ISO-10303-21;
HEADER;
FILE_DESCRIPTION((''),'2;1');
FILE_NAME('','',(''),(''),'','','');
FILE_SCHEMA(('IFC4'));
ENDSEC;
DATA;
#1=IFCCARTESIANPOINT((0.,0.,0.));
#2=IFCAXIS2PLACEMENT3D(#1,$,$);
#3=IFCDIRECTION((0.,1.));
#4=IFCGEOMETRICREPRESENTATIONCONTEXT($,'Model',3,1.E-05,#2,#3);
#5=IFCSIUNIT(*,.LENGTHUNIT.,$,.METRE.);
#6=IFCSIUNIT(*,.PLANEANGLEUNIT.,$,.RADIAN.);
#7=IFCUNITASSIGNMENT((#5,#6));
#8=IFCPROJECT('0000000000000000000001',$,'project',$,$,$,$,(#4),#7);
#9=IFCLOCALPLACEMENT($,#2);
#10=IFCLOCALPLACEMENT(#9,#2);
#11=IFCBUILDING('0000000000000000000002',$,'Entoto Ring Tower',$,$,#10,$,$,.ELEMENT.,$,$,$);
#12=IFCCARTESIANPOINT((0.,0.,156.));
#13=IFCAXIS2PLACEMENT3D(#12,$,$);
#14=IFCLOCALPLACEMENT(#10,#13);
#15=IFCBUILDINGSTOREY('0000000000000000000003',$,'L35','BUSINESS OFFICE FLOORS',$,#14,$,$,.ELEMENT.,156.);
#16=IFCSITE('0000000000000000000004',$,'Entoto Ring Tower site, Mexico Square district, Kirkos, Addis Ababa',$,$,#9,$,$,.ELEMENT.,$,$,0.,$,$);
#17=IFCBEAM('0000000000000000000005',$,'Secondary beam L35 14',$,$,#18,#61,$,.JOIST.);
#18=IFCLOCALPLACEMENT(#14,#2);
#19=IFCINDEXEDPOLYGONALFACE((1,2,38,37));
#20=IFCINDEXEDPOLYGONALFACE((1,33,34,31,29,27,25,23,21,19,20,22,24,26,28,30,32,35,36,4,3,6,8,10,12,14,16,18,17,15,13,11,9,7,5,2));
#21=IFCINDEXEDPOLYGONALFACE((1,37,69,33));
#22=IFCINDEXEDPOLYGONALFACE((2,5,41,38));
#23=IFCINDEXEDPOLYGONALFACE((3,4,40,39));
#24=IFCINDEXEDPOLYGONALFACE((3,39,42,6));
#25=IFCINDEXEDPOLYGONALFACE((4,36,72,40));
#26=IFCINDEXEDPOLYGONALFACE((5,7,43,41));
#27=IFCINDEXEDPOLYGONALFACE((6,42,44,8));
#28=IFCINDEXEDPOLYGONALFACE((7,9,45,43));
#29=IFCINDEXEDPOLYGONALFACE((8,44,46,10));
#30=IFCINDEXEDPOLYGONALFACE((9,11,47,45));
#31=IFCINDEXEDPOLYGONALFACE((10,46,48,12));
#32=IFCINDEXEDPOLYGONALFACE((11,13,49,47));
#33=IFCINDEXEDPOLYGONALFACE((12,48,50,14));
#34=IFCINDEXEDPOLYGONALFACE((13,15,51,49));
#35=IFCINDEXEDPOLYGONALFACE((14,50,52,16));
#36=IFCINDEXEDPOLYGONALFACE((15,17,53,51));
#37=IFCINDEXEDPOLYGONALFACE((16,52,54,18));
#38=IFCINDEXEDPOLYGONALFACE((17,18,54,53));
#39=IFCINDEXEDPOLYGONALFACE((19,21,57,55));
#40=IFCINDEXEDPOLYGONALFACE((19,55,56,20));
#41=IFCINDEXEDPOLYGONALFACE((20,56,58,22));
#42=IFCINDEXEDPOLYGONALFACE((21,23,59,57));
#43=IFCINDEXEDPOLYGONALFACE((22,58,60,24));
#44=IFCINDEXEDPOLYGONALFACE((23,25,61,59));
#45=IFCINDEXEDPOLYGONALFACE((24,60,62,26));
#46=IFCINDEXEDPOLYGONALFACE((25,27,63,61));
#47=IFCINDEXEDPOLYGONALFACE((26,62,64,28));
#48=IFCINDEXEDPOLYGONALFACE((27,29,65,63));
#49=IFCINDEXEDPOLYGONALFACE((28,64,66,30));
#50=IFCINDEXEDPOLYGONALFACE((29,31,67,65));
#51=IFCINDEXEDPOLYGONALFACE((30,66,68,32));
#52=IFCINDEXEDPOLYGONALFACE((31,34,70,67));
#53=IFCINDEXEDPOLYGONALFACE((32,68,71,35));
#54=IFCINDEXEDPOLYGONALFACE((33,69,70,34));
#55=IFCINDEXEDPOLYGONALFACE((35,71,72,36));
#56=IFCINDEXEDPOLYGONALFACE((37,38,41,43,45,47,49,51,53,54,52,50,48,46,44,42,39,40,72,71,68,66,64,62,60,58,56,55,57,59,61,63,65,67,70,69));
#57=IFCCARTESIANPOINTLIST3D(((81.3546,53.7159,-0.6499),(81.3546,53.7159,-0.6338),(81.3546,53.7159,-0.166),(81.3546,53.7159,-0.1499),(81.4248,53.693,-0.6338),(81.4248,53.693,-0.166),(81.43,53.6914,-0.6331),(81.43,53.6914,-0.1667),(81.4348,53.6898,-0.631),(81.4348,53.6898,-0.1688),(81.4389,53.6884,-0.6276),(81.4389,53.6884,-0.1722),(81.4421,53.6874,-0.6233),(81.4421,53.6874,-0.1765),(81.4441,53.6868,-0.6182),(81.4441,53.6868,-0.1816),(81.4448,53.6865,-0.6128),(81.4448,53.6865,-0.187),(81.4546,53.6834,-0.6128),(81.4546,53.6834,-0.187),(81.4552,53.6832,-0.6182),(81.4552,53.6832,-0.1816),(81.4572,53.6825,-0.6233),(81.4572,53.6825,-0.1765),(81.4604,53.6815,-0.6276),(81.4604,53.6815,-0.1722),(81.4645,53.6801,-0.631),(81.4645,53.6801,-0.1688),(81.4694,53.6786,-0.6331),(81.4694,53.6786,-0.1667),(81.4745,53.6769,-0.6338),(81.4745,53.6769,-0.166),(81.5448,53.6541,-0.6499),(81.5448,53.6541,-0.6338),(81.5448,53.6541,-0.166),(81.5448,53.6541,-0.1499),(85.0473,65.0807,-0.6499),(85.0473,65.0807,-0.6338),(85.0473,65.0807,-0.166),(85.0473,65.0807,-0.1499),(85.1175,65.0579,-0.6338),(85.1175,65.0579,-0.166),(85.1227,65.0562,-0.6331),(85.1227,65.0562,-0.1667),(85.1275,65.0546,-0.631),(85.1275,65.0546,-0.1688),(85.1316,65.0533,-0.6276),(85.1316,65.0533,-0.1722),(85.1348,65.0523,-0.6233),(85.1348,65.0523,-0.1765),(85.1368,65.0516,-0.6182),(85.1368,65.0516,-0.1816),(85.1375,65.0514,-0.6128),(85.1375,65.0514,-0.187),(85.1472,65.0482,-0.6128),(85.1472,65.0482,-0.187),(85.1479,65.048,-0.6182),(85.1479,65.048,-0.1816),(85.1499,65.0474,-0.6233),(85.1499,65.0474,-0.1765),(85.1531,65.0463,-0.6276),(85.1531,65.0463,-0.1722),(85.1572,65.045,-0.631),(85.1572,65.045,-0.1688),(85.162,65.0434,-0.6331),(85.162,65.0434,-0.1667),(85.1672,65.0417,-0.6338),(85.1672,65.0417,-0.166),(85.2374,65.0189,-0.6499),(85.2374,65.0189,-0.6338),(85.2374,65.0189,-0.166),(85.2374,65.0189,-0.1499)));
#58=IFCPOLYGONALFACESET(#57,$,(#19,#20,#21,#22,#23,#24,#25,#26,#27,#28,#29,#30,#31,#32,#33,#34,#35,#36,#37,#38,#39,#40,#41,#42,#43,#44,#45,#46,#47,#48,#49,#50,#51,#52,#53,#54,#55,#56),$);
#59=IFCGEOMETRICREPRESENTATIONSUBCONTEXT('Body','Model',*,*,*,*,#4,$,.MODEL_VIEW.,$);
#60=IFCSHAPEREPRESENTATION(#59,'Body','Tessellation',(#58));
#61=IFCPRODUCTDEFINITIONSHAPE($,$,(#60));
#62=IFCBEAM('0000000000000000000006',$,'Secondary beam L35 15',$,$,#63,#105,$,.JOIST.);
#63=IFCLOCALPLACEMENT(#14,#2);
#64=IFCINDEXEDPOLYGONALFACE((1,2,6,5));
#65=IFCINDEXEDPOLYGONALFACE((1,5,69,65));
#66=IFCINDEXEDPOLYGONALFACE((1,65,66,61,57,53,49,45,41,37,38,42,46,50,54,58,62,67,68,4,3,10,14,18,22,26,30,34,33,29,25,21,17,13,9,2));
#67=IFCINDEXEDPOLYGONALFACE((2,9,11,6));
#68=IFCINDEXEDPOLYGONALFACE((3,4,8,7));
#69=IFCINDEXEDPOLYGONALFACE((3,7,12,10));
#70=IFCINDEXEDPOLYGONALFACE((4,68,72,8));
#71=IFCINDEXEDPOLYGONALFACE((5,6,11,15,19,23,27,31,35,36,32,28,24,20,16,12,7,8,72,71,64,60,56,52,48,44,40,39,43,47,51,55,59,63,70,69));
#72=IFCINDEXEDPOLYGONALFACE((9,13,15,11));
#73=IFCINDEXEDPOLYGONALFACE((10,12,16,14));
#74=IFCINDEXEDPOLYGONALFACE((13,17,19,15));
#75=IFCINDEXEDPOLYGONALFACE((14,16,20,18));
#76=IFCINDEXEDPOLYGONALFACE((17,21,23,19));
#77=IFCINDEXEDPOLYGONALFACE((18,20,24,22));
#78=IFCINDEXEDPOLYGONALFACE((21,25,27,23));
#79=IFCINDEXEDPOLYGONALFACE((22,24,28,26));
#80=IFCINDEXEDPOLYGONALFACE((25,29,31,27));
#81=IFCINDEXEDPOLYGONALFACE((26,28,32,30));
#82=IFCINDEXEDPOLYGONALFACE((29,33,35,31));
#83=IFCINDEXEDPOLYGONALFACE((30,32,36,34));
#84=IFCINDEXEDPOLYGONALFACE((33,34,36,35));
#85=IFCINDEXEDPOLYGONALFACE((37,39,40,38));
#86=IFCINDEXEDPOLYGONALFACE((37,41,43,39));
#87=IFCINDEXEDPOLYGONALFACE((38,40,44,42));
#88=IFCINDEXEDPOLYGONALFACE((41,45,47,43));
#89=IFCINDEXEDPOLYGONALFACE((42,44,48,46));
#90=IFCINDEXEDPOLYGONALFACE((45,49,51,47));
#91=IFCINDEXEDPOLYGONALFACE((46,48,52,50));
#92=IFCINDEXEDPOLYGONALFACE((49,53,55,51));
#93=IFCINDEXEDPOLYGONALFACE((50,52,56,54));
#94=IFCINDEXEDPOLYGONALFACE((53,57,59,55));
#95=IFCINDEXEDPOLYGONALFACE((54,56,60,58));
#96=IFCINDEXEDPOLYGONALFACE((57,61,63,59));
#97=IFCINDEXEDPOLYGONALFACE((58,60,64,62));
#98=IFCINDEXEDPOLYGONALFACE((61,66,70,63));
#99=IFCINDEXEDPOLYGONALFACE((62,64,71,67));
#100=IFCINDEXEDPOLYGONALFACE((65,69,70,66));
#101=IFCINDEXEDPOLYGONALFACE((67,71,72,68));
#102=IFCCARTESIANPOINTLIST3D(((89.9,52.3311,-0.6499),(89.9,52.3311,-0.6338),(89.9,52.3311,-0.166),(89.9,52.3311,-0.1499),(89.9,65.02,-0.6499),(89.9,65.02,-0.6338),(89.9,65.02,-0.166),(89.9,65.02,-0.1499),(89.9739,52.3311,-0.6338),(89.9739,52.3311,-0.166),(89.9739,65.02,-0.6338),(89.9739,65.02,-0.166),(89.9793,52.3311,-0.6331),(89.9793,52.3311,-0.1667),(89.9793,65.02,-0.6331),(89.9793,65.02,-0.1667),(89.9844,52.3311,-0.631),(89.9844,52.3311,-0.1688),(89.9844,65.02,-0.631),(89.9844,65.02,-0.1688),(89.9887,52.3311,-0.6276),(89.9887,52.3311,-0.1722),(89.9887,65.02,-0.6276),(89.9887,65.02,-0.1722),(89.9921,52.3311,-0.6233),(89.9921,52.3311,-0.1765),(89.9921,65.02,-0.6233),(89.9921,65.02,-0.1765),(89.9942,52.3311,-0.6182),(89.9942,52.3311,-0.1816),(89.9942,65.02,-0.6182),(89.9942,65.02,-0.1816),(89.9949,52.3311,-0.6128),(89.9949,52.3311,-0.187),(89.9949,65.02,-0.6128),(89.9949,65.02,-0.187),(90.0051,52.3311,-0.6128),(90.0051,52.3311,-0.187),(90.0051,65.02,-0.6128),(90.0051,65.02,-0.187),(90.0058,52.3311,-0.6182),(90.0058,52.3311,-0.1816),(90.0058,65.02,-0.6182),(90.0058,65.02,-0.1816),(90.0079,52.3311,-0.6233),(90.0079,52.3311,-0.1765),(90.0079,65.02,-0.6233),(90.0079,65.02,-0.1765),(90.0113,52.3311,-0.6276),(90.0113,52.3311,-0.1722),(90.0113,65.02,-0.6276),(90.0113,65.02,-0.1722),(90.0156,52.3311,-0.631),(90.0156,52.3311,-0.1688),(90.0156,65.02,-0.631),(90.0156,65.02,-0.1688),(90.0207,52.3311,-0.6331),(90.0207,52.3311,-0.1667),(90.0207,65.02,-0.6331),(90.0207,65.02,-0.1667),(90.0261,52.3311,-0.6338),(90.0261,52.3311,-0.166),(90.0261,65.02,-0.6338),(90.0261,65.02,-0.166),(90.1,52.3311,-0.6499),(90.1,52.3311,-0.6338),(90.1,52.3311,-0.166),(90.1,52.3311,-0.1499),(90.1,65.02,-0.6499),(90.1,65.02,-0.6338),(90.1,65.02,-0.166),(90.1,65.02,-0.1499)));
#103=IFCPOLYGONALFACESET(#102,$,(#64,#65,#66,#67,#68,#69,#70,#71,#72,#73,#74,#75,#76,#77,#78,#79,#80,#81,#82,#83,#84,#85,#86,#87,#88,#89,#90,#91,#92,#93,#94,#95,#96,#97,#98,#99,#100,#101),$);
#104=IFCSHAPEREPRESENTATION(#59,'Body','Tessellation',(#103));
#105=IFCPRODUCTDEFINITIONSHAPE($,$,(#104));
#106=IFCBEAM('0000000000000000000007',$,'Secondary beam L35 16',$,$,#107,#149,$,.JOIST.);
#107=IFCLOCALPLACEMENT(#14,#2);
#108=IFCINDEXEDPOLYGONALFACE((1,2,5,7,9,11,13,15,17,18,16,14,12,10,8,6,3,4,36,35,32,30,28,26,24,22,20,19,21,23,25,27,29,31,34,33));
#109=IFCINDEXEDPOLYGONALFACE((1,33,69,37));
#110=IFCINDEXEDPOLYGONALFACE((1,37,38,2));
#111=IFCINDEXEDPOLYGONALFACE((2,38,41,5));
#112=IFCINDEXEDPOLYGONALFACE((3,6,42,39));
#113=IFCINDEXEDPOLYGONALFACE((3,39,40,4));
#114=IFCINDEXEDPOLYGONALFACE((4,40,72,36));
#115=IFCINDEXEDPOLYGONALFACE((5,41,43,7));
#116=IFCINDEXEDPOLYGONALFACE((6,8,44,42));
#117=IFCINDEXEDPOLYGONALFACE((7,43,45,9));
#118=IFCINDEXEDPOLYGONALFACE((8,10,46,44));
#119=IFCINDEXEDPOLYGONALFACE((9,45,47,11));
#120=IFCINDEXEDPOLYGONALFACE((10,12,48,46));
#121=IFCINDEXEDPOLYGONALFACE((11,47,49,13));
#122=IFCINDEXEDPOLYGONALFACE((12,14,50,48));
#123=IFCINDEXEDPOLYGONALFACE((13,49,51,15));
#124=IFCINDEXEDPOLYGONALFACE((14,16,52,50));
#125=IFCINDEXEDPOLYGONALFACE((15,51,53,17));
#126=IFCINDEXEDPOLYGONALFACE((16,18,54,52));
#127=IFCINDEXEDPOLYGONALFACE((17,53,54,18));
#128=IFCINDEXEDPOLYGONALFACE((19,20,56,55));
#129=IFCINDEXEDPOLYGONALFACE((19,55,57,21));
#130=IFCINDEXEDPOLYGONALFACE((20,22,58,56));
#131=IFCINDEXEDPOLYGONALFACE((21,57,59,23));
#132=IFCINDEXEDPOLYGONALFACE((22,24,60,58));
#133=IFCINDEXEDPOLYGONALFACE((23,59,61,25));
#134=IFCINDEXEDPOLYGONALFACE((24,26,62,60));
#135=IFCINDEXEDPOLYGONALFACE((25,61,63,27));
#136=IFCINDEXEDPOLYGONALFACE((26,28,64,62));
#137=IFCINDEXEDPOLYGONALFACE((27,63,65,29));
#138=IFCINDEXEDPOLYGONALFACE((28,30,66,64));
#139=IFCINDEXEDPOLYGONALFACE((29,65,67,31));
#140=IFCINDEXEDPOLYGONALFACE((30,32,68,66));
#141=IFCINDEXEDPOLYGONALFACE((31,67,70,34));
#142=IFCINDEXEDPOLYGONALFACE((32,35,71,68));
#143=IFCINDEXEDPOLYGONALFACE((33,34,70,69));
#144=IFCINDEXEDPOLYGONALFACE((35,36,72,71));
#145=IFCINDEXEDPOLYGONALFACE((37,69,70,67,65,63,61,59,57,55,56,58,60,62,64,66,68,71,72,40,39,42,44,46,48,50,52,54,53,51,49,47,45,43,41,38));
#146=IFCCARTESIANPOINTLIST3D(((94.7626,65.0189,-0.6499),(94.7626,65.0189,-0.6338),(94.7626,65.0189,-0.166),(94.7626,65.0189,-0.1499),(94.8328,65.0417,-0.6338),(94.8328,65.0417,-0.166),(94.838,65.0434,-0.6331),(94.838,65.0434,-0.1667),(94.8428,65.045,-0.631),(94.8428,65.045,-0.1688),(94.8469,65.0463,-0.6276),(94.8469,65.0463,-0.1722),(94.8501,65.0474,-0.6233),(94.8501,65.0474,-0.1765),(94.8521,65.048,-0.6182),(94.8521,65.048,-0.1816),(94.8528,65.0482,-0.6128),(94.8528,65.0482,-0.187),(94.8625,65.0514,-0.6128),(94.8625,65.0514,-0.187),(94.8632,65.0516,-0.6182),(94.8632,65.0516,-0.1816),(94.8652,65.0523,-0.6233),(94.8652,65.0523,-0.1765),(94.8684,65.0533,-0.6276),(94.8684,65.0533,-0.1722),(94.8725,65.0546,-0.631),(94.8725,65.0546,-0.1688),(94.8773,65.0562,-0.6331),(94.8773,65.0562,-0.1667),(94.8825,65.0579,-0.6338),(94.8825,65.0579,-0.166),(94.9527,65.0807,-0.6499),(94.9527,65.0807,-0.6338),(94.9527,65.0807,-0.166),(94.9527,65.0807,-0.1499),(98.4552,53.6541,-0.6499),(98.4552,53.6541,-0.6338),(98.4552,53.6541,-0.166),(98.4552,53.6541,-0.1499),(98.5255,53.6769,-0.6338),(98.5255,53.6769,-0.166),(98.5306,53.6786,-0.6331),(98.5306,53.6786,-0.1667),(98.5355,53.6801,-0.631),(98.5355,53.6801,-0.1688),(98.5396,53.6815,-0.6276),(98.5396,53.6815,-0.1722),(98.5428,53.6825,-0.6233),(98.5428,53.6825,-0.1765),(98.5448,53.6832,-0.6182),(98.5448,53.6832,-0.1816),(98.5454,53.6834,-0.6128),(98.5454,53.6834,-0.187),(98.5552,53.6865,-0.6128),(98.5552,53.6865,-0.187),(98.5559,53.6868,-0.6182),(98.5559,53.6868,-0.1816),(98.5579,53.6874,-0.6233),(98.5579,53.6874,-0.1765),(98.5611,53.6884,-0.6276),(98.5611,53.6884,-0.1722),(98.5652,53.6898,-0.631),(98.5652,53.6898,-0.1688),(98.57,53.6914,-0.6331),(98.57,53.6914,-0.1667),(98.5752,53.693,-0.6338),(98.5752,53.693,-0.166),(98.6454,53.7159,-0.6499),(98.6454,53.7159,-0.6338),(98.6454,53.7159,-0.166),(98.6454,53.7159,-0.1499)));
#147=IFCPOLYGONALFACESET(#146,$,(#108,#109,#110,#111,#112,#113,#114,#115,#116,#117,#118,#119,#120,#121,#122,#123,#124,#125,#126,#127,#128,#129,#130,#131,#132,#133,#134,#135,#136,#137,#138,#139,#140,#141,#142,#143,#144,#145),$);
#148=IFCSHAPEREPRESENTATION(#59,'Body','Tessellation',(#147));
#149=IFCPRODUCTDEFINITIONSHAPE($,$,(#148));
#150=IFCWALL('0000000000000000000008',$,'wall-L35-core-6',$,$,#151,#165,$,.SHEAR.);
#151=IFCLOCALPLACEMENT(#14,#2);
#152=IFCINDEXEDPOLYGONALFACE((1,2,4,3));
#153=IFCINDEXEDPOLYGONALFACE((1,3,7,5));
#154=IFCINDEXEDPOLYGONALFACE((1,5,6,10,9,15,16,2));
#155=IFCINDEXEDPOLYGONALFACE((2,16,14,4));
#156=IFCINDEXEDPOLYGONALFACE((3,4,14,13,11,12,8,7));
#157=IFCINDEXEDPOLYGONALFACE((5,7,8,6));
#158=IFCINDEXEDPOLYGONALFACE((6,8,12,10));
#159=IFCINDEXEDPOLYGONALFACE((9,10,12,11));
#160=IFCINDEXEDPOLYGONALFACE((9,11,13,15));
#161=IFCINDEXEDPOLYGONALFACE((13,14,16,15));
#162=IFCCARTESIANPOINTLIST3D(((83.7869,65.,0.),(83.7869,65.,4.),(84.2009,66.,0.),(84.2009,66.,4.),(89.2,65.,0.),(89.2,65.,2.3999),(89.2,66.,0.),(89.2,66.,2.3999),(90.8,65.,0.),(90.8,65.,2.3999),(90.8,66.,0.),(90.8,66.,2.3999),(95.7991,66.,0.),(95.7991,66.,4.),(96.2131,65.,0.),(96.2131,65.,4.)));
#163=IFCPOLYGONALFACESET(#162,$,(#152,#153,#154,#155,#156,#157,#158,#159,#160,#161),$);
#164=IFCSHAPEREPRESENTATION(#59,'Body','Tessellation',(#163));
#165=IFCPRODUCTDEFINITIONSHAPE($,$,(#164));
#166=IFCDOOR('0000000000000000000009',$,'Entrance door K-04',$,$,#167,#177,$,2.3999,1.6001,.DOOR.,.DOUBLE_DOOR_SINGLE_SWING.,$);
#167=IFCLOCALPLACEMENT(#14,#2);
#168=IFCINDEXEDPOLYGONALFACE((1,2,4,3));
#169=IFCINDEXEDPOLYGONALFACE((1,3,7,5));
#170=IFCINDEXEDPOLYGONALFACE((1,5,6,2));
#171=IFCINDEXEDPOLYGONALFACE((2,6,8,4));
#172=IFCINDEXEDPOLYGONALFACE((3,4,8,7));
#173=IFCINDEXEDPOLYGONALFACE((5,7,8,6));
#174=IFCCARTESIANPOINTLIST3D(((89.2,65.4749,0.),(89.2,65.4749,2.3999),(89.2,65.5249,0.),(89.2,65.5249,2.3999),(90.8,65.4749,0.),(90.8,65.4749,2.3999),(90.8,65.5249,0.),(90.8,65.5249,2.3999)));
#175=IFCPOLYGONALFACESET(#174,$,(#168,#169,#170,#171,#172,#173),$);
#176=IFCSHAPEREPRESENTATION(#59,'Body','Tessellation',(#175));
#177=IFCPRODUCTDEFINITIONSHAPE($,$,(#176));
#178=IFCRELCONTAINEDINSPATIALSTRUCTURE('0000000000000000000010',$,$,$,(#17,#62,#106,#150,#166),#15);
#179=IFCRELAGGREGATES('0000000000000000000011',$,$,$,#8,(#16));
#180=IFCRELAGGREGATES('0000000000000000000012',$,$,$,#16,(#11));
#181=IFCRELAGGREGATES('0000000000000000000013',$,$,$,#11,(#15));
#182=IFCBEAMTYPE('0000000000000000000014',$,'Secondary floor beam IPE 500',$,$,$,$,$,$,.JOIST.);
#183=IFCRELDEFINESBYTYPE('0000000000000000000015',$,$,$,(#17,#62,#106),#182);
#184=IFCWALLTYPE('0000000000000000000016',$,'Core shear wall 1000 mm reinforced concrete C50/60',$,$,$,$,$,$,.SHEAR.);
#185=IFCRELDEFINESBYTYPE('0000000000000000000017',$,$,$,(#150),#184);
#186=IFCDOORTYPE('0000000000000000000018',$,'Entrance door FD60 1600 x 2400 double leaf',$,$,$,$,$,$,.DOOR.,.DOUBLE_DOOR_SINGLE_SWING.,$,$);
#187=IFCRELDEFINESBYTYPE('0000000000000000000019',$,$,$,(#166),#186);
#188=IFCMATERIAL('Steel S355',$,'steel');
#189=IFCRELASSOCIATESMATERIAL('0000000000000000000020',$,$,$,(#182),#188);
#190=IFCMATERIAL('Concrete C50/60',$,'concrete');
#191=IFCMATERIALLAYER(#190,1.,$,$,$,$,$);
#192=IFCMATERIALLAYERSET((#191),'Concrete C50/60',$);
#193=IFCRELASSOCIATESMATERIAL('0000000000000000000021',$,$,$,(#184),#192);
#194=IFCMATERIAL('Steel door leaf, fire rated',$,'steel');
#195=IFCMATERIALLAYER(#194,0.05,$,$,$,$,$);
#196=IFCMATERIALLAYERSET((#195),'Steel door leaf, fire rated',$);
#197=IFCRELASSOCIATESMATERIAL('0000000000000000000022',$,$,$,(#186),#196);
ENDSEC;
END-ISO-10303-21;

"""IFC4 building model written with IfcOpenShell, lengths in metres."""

from ifc_helpers import new_model, si_unit, direction, frame, frame_2d, origin, origin_2d, place, context, subcontext, project, spatial, polyline, rectangle, i_section, outline, extrude, material, layer, layer_set, material_profile, profile_set, type_object, element, fill, save


model = new_model("IFC4")

# Units and contexts
model_context = context("Model", 3, precision=1e-05, world=origin(), true_north=direction((0.0, 1.0)))
body_context = subcontext(model_context, "Body", "Model", "MODEL_VIEW")
ifc_project = project(units=[si_unit("LENGTHUNIT", "METRE"), si_unit("PLANEANGLEUNIT", "RADIAN")], contexts=[model_context])

# Site, building, storey
site_placement = place(None, origin())
site = spatial("IfcSite", under=ifc_project, at=site_placement, Name="Entoto Ring Tower site, Mexico Square district, Kirkos, Addis Ababa", CompositionType="ELEMENT", RefElevation=0.0)
building_placement = place(site_placement, origin())
building = spatial("IfcBuilding", under=site, at=building_placement, Name="Entoto Ring Tower", CompositionType="ELEMENT")
storey_placement = place(building_placement, frame((0.0, 0.0, 156.0)))
storey = spatial("IfcBuildingStorey", under=building, at=storey_placement, Name="L35", Description="BUSINESS OFFICE FLOORS", CompositionType="ELEMENT", Elevation=156.0)

# Beams
ifc_material_1 = material(Name="Steel S355", Category="steel")
ifc_material_profile_1 = material_profile(ifc_material_1, i_section(OverallWidth=0.2, OverallDepth=0.5, WebThickness=0.0103, FlangeThickness=0.0161, FilletRadius=0.021, at=origin_2d()), Name="IPE 500")
ifc_profile_set_1 = profile_set([ifc_material_profile_1], Name="Steel S355")
beam_type_1 = type_object("IfcBeamType", Name="Secondary floor beam IPE 500", PredefinedType="JOIST", material=ifc_profile_set_1)
beam_1_placement = place(storey_placement, frame((85.1423, 65.0498, -0.3999), z_axis=(-0.309017, -0.951057, 0.0), x_axis=(0.951057, -0.309017, 0.0)))
element("IfcBeam", 1, at=beam_1_placement, inside=storey, type_object=beam_type_1, Name="Secondary beam L35 14", PredefinedType="JOIST", context=body_context, shape_type="SweptSolid", body=[
    extrude(i_section(OverallWidth=0.2, OverallDepth=0.5, WebThickness=0.0103, FlangeThickness=0.0161, FilletRadius=0.021, at=origin_2d()), origin(), (0.0, 0.0, 1.0), 11.9497),
])
beam_2_placement = place(storey_placement, frame((90.0, 65.02, -0.3999), z_axis=(0.0, -1.0, 0.0), x_axis=(1.0, 0.0, 0.0)))
element("IfcBeam", 2, at=beam_2_placement, inside=storey, type_object=beam_type_1, Name="Secondary beam L35 15", PredefinedType="JOIST", context=body_context, shape_type="SweptSolid", body=[
    extrude(i_section(OverallWidth=0.2, OverallDepth=0.5, WebThickness=0.0103, FlangeThickness=0.0161, FilletRadius=0.021, at=origin_2d()), origin(), (0.0, 0.0, 1.0), 12.689),
])
beam_3_placement = place(storey_placement, frame((94.8577, 65.0498, -0.3999), z_axis=(0.309017, -0.951057, 0.0), x_axis=(0.951057, 0.309017, 0.0)))
element("IfcBeam", 3, at=beam_3_placement, inside=storey, type_object=beam_type_1, Name="Secondary beam L35 16", PredefinedType="JOIST", context=body_context, shape_type="SweptSolid", body=[
    extrude(i_section(OverallWidth=0.2, OverallDepth=0.5, WebThickness=0.0103, FlangeThickness=0.0161, FilletRadius=0.021, at=origin_2d()), origin(), (0.0, 0.0, 1.0), 11.9497),
])

# Wall, opening, door
ifc_material_2 = material(Name="Concrete C50/60", Category="concrete")
ifc_layer_1 = layer(ifc_material_2, 1.0)
ifc_layer_set_1 = layer_set([ifc_layer_1], Name="Concrete C50/60")
wall_type_1 = type_object("IfcWallType", Name="Core shear wall 1000 mm reinforced concrete C50/60", PredefinedType="SHEAR", material=ifc_layer_set_1)
wall_1_placement = place(storey_placement, frame((83.9939, 65.5, 0.0), z_axis=(0.0, 0.0, 1.0), x_axis=(1.0, 0.0, 0.0)))
wall_1 = element("IfcWall", 4, at=wall_1_placement, inside=storey, type_object=wall_type_1, Name="wall-L35-core-6", PredefinedType="SHEAR", context=body_context, shape_type="SweptSolid", body=[
    extrude(outline(polyline([(-0.207, -0.5), (12.2192, -0.5), (11.8052, 0.5), (0.207, 0.5), (-0.207, -0.5)])), origin(), (0.0, 0.0, 1.0), 4.0),
])
opening_1_placement = place(wall_1_placement, frame((5.2061, 0.0, 0.0)))
opening_1 = element("IfcOpeningElement", 5, at=opening_1_placement, cuts=wall_1, PredefinedType="OPENING", context=body_context, shape_type="SweptSolid", body=[
    extrude(rectangle(XDim=1.6001, YDim=2.3999, at=frame_2d((0.8, 1.2))), frame((0.0, 0.51, 0.0), z_axis=(0.0, -1.0, 0.0), x_axis=(1.0, 0.0, 0.0)), (0.0, 0.0, 1.0), 1.02),
])
ifc_material_3 = material(Name="Steel door leaf, fire rated", Category="steel")
ifc_layer_2 = layer(ifc_material_3, 0.05)
ifc_layer_set_2 = layer_set([ifc_layer_2], Name="Steel door leaf, fire rated")
door_type_1 = type_object("IfcDoorType", Name="Entrance door FD60 1600 x 2400 double leaf", OperationType="DOUBLE_DOOR_SINGLE_SWING", PredefinedType="DOOR", material=ifc_layer_set_2)
door_1_placement = place(opening_1_placement, origin())
door_1 = element("IfcDoor", 6, at=door_1_placement, inside=storey, type_object=door_type_1, Name="Entrance door K-04", OperationType="DOUBLE_DOOR_SINGLE_SWING", OverallHeight=2.3999, OverallWidth=1.6001, PredefinedType="DOOR", context=body_context, shape_type="SweptSolid", body=[
    extrude(rectangle(XDim=1.6001, YDim=2.3999, at=frame_2d((0.8, 1.2))), frame((0.0, 0.0249, 0.0), z_axis=(0.0, -1.0, 0.0), x_axis=(1.0, 0.0, 0.0)), (0.0, 0.0, 1.0), 0.05),
])
fill(opening_1, door_1)

save(model, "model.ifc")
